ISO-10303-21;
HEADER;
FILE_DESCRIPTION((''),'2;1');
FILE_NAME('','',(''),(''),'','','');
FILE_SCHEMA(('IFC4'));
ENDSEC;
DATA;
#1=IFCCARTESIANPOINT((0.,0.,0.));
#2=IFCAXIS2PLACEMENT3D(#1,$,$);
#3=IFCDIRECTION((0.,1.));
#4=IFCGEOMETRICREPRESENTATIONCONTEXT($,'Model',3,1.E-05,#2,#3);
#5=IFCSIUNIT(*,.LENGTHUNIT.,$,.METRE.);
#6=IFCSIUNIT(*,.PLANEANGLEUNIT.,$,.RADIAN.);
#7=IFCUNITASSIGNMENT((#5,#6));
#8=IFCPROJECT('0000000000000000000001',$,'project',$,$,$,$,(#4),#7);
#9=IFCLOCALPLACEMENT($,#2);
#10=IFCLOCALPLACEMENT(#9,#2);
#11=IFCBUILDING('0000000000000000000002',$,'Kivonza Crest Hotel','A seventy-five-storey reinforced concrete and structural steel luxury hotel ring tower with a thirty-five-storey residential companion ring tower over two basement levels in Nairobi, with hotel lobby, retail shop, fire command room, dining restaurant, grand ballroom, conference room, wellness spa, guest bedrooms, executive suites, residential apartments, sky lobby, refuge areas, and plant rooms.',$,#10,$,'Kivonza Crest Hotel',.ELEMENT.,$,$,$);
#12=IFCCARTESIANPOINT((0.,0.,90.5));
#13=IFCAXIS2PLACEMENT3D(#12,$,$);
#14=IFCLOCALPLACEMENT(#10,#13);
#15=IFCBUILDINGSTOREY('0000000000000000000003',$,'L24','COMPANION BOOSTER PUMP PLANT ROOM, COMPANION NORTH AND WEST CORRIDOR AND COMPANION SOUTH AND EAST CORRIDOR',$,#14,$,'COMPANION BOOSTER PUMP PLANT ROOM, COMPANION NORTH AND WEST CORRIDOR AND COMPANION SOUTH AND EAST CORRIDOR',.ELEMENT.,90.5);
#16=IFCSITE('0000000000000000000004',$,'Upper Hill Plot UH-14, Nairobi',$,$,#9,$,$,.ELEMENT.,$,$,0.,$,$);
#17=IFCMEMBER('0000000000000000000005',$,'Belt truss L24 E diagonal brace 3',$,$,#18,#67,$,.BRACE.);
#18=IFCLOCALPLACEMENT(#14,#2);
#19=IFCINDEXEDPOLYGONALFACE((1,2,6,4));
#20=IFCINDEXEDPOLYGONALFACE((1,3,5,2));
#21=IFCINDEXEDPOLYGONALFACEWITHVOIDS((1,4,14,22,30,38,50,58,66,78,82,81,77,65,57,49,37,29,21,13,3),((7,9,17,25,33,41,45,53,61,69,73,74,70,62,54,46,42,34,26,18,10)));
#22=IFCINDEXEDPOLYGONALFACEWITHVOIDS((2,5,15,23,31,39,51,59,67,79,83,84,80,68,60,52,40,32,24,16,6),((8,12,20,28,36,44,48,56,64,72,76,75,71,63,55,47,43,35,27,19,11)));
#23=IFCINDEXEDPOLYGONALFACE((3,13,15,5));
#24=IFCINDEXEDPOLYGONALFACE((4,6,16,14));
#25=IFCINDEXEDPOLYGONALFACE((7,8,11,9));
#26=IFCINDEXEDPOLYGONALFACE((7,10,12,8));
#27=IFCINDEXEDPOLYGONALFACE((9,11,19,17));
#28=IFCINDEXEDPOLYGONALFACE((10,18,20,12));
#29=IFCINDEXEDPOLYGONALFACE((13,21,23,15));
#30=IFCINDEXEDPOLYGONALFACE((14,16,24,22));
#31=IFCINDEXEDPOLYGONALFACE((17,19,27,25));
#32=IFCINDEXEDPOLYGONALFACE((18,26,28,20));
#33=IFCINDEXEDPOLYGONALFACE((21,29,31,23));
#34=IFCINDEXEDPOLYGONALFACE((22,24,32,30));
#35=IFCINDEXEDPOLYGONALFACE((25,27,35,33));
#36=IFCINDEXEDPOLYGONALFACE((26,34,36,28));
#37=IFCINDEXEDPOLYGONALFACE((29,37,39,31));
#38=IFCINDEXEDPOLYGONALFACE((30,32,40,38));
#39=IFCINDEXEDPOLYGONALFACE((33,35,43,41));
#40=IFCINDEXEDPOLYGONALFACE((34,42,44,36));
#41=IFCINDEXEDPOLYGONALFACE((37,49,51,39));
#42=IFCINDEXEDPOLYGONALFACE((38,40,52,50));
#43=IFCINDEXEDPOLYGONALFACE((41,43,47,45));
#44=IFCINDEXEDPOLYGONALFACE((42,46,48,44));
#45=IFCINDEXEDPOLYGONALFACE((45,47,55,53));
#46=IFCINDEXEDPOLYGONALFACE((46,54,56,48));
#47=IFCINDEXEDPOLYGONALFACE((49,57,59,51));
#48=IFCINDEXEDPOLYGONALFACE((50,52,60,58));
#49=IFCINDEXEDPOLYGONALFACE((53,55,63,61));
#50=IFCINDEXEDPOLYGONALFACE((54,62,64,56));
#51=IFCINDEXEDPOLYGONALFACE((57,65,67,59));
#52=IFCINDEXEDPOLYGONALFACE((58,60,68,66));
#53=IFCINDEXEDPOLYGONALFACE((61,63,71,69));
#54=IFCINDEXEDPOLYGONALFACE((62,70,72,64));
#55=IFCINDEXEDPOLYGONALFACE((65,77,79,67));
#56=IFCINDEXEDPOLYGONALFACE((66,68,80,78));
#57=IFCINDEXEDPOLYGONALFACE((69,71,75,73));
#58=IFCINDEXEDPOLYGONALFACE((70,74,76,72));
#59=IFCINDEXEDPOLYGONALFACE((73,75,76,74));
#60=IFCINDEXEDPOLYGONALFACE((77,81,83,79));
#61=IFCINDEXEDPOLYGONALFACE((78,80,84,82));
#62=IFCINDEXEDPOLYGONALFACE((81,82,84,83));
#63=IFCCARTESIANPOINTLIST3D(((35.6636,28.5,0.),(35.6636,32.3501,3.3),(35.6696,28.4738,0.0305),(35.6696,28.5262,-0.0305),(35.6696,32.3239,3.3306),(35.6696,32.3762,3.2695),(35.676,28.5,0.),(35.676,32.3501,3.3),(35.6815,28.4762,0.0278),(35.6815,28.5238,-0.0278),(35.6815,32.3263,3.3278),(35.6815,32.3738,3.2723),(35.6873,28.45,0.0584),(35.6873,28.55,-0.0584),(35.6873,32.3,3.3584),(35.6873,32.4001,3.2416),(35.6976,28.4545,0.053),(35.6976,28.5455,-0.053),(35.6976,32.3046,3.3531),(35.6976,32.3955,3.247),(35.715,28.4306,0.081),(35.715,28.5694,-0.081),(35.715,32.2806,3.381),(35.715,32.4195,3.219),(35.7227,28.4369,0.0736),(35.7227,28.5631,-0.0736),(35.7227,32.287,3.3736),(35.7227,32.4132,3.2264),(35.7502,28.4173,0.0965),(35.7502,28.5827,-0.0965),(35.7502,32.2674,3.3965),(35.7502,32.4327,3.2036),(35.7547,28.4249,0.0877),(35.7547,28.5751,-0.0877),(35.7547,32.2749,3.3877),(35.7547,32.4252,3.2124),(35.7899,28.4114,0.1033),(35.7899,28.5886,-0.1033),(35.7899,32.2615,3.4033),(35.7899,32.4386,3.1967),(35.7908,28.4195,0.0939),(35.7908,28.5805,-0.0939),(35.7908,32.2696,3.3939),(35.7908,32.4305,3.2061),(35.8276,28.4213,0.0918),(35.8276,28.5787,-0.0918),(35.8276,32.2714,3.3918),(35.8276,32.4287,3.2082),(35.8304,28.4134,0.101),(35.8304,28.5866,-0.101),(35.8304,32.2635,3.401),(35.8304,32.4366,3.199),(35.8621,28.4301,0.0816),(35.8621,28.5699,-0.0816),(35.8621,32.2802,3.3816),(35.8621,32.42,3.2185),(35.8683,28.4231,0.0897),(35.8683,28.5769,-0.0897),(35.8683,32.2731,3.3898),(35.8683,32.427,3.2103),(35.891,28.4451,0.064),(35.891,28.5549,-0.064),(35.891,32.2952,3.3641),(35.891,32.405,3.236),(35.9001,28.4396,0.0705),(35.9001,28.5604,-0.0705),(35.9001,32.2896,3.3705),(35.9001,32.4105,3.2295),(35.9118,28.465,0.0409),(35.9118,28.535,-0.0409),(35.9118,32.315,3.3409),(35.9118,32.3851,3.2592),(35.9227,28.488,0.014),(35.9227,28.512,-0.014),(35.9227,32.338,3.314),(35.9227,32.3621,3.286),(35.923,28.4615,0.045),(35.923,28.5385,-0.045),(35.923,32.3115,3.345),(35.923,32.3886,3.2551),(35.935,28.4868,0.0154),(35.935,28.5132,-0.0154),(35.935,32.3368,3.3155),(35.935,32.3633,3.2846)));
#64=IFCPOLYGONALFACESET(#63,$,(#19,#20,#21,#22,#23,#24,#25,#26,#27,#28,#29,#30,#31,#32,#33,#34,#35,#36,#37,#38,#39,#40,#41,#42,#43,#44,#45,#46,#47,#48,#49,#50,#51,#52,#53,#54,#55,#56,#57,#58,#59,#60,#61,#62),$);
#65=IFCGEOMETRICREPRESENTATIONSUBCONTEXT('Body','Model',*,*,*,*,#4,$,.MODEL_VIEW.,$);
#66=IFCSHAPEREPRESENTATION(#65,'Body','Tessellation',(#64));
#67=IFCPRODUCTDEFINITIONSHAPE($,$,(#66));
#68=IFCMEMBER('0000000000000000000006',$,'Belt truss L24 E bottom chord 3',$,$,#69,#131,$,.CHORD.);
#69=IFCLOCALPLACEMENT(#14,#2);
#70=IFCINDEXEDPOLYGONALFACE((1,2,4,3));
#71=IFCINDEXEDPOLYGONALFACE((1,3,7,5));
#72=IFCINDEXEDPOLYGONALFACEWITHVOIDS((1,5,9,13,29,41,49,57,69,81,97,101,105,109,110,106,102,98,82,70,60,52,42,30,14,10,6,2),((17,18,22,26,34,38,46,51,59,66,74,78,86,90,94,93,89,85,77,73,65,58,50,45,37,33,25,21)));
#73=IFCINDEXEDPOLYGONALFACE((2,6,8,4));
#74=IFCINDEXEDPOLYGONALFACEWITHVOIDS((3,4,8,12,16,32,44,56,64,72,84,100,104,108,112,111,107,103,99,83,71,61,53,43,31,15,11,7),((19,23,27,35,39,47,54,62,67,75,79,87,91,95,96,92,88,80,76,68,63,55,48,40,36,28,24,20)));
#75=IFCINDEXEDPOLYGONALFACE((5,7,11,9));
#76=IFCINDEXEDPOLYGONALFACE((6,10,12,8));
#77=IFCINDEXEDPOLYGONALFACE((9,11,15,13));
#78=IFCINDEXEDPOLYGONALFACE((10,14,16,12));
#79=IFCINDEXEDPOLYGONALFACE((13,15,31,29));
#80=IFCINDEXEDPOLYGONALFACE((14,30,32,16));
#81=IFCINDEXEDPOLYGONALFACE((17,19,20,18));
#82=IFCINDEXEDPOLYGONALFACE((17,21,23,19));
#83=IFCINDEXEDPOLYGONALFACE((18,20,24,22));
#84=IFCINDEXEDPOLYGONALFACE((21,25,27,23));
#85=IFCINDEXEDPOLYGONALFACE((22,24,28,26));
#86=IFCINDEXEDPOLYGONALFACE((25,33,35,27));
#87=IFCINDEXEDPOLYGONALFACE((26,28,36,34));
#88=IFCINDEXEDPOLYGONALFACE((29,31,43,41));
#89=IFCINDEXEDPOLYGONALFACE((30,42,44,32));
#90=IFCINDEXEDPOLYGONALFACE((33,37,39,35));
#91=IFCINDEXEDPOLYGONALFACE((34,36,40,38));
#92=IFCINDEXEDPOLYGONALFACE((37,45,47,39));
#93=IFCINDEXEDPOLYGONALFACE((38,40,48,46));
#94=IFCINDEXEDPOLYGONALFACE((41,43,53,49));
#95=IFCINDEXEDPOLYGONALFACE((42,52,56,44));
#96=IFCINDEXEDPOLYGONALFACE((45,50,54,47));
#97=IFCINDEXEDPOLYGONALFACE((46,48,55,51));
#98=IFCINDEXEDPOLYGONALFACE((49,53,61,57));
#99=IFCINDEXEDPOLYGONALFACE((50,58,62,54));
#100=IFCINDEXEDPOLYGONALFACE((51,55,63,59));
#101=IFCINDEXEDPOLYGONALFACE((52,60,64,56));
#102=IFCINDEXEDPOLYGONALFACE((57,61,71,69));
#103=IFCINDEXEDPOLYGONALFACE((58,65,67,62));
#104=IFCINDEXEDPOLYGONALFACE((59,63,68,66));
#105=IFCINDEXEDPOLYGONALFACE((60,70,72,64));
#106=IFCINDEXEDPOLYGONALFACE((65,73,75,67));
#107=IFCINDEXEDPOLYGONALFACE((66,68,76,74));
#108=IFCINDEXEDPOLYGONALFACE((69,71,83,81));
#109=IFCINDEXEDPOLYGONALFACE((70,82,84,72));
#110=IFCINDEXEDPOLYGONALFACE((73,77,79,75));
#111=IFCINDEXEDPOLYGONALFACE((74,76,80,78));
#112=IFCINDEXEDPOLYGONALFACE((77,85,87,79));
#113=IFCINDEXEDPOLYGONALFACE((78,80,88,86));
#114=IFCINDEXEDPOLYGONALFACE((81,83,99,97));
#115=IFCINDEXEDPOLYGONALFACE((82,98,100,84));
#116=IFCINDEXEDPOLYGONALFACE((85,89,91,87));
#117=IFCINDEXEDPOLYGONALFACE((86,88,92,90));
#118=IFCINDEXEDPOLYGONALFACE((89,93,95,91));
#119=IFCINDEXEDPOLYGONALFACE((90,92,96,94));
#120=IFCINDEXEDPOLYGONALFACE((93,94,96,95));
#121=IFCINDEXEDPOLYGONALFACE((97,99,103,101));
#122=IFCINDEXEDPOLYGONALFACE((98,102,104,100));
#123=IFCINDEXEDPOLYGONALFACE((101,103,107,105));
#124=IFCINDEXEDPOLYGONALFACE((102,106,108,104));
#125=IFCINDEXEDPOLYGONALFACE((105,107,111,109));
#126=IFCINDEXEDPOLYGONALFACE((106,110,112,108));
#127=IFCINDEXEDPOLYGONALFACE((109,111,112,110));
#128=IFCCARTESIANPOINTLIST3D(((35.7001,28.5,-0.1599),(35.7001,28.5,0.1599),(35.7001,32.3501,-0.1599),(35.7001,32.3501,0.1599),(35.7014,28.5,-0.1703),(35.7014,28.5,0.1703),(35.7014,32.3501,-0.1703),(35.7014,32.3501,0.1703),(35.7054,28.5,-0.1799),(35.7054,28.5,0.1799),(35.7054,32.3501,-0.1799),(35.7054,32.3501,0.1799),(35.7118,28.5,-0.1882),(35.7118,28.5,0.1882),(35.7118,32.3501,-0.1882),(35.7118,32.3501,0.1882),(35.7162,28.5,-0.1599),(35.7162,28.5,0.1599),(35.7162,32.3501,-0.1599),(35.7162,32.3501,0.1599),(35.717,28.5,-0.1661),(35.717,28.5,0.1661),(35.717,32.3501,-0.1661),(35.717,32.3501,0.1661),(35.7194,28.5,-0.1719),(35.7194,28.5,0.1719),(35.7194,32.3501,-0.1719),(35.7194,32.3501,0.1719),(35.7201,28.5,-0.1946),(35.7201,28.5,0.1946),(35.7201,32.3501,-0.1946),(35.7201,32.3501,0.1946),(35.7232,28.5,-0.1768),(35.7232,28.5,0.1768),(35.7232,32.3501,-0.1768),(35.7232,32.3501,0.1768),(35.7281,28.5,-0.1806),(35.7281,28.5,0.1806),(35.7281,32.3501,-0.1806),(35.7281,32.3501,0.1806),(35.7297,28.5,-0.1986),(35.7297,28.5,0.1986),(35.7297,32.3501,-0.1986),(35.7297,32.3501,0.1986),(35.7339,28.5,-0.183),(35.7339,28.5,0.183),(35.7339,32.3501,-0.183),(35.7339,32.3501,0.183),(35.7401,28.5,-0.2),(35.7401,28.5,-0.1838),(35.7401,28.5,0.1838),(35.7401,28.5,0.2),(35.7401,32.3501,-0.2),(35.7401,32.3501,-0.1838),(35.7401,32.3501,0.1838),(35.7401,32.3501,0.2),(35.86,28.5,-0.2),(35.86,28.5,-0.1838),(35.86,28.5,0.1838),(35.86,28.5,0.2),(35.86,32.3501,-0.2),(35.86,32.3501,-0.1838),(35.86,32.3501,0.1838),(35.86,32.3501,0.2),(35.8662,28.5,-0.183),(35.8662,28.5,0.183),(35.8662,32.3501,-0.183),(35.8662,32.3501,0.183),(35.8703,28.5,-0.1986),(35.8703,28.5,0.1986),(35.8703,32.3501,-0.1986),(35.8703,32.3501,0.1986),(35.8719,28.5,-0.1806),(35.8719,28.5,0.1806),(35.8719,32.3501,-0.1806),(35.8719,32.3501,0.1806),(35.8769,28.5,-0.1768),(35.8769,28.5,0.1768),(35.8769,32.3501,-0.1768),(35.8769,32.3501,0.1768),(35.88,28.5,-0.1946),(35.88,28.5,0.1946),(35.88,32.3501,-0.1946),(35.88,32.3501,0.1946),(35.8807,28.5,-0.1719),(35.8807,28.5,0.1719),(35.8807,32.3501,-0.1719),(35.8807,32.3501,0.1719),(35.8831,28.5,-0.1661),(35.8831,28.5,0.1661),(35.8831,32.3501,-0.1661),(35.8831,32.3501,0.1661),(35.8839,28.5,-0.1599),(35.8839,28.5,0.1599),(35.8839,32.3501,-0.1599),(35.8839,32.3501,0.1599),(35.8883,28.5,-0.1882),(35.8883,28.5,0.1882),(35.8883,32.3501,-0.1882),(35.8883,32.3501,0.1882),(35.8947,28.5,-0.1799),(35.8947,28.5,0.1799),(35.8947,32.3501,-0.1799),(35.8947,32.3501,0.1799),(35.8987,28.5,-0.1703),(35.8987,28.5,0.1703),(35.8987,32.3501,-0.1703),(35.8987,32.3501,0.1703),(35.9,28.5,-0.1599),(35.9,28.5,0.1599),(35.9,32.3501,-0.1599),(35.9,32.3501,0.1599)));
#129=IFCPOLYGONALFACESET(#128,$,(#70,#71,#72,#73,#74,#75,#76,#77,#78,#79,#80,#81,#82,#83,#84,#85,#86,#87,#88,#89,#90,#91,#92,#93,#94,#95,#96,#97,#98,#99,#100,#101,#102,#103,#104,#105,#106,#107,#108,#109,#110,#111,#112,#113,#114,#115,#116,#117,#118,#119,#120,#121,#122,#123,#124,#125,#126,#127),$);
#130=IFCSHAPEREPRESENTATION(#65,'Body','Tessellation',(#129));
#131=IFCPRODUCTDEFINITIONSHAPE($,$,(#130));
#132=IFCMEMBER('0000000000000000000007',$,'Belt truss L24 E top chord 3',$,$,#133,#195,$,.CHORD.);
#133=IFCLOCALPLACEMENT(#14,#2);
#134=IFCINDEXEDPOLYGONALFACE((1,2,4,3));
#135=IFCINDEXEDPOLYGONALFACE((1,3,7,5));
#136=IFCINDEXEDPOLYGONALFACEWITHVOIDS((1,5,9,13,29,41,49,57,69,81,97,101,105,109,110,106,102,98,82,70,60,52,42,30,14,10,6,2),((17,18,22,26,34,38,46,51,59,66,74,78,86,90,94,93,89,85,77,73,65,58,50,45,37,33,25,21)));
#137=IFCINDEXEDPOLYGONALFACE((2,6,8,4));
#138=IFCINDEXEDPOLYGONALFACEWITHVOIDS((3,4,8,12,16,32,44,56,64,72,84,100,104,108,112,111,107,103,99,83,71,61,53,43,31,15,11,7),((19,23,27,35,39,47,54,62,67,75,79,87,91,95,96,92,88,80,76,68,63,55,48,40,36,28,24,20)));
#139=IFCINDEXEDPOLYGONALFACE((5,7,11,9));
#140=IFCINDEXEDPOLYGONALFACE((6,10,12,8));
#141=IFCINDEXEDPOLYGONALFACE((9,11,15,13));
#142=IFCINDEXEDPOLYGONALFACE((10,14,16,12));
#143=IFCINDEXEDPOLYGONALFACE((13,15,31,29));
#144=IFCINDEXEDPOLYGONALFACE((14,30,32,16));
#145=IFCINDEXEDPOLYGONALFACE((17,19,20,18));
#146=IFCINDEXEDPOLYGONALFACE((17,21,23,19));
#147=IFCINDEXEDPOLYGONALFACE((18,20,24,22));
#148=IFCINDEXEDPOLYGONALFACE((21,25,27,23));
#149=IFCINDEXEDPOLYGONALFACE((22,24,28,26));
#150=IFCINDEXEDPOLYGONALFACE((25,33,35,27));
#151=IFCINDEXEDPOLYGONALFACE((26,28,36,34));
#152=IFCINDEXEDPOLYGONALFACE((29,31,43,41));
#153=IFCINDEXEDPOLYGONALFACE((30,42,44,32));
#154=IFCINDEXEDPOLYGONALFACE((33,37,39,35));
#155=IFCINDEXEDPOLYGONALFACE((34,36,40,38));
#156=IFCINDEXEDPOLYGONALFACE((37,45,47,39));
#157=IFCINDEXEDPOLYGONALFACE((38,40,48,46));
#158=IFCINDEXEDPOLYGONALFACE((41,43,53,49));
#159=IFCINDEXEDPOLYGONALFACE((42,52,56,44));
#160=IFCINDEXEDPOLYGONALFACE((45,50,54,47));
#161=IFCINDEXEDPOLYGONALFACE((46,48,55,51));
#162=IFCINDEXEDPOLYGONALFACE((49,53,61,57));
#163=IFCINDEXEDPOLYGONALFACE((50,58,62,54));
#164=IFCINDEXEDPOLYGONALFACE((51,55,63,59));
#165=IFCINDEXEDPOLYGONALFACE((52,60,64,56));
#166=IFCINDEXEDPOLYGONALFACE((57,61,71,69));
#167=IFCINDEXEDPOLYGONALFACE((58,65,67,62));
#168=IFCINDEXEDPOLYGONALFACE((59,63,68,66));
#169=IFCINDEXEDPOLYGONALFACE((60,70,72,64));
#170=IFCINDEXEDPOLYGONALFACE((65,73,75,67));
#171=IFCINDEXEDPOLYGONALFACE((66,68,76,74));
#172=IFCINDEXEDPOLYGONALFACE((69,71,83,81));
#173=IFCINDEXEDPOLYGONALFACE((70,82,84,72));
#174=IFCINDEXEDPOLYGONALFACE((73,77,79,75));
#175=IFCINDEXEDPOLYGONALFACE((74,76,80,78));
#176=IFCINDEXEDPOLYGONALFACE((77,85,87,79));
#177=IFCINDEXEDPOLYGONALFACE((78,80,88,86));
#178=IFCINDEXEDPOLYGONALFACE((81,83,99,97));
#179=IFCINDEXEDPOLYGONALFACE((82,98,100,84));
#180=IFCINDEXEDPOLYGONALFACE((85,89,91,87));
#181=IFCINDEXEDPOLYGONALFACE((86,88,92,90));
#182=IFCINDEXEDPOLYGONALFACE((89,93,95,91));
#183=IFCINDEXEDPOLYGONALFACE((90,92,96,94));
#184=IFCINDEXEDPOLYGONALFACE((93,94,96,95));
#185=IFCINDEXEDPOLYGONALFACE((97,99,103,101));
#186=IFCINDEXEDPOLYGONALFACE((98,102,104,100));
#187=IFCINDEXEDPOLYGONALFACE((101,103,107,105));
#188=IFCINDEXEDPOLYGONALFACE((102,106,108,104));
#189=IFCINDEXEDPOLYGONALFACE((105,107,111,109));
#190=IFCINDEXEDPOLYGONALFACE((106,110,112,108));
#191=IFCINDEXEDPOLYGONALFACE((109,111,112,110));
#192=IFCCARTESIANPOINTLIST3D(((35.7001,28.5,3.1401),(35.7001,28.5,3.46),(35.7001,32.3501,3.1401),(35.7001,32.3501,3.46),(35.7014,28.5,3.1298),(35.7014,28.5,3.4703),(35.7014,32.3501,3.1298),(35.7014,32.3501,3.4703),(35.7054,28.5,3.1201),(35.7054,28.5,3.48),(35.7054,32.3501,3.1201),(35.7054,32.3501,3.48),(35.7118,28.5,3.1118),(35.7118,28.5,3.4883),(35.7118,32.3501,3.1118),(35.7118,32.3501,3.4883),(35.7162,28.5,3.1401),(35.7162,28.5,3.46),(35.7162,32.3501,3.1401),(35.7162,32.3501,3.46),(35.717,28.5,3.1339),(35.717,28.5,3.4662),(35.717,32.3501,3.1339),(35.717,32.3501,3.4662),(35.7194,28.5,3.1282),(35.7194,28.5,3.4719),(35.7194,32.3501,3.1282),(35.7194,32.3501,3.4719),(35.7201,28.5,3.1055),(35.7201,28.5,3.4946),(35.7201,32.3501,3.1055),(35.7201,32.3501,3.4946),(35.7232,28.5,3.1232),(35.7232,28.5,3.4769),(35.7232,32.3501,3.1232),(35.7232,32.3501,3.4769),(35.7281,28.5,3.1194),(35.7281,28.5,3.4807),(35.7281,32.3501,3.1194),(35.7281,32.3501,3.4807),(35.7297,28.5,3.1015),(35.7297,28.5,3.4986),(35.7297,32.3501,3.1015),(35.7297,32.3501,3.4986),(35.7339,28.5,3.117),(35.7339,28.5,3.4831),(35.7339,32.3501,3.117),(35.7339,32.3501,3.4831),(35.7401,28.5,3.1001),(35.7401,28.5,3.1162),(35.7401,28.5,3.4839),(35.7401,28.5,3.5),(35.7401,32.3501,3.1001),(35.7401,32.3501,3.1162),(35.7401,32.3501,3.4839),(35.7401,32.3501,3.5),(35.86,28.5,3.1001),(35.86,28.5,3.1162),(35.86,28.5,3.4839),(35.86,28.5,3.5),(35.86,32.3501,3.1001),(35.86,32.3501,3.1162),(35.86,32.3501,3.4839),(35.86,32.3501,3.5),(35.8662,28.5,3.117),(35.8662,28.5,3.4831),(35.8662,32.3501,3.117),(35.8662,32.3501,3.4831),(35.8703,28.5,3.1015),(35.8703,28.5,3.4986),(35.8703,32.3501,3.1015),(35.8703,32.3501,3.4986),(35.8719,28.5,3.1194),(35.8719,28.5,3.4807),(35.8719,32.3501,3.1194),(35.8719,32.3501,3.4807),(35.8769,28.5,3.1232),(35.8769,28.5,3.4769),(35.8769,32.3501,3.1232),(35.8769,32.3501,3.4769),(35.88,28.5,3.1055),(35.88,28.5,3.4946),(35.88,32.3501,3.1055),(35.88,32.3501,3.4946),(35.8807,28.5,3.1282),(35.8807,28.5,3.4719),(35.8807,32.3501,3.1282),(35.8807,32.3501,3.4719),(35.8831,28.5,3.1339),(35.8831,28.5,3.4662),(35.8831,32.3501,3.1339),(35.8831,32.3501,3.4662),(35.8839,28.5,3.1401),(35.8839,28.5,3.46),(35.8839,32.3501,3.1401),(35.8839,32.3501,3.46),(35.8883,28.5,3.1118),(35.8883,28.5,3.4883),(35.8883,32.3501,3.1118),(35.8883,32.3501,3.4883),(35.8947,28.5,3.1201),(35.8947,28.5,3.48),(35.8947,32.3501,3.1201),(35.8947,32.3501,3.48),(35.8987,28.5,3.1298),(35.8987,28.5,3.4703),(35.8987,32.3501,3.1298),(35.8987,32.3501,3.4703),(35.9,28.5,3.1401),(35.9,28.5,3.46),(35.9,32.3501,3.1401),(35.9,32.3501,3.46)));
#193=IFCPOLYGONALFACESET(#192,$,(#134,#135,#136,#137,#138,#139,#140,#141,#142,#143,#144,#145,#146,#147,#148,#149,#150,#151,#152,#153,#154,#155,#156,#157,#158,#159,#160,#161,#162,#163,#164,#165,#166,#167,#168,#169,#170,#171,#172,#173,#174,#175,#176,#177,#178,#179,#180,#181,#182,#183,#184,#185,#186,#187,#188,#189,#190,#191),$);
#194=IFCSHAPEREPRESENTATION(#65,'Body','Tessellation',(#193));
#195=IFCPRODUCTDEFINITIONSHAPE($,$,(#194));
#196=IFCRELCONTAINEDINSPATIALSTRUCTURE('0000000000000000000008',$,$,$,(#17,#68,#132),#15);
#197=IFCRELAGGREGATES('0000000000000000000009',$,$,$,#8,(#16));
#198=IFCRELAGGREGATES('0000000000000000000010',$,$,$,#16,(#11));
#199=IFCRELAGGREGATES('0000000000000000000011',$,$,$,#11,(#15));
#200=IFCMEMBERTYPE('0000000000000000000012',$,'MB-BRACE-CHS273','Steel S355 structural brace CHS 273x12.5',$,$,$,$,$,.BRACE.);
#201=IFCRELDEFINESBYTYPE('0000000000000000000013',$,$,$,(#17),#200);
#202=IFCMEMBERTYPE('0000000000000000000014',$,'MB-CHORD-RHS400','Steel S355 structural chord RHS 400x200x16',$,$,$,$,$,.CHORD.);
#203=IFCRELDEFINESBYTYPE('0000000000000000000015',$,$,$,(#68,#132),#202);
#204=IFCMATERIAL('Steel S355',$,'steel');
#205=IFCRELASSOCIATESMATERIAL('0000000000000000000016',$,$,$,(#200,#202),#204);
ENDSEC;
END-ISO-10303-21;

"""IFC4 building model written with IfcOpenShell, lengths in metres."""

from ifc_helpers import new_model, si_unit, direction, frame, origin, origin_2d, place, context, subcontext, project, spatial, hollow_rectangle, hollow_circle, extrude, material, material_profile, profile_set, type_object, element, save


model = new_model("IFC4")

# Units and contexts
model_context = context("Model", 3, precision=1e-05, world=origin(), true_north=direction((0.0, 1.0)))
body_context = subcontext(model_context, "Body", "Model", "MODEL_VIEW")
ifc_project = project(units=[si_unit("LENGTHUNIT", "METRE"), si_unit("PLANEANGLEUNIT", "RADIAN")], contexts=[model_context])

# Site, building, storey
site_placement = place(None, origin())
site = spatial("IfcSite", under=ifc_project, at=site_placement, Name="Upper Hill Plot UH-14, Nairobi", CompositionType="ELEMENT", RefElevation=0.0)
building_placement = place(site_placement, origin())
building = spatial("IfcBuilding", under=site, at=building_placement, Name="Kivonza Crest Hotel", Description="A seventy-five-storey reinforced concrete and structural steel luxury hotel ring tower with a thirty-five-storey residential companion ring tower over two basement levels in Nairobi, with hotel lobby, retail shop, fire command room, dining restaurant, grand ballroom, conference room, wellness spa, guest bedrooms, executive suites, residential apartments, sky lobby, refuge areas, and plant rooms.", LongName="Kivonza Crest Hotel", CompositionType="ELEMENT")
storey_placement = place(building_placement, frame((0.0, 0.0, 90.5)))
storey = spatial("IfcBuildingStorey", under=building, at=storey_placement, Name="L24", Description="COMPANION BOOSTER PUMP PLANT ROOM, COMPANION NORTH AND WEST CORRIDOR AND COMPANION SOUTH AND EAST CORRIDOR", LongName="COMPANION BOOSTER PUMP PLANT ROOM, COMPANION NORTH AND WEST CORRIDOR AND COMPANION SOUTH AND EAST CORRIDOR", CompositionType="ELEMENT", Elevation=90.5)

# Shared definitions
ifc_material_1 = material(Name="Steel S355", Category="steel")

# Members
ifc_material_profile_1 = material_profile(ifc_material_1, hollow_circle(Radius=0.1365, WallThickness=0.0125, at=origin_2d()), Name="CHS 273x12.5")
ifc_profile_set_1 = profile_set([ifc_material_profile_1], Name="Steel S355")
member_type_1 = type_object("IfcMemberType", Name="MB-BRACE-CHS273", Description="Steel S355 structural brace CHS 273x12.5", PredefinedType="BRACE", material=ifc_profile_set_1)
member_placement = place(storey_placement, frame((35.8, 28.5, 0.0), z_axis=(0.0, 0.75926, 0.650787), x_axis=(-1.0, 0.0, 0.0)))
element("IfcMember", 1, at=member_placement, inside=storey, type_object=member_type_1, Name="Belt truss L24 E diagonal brace 3", PredefinedType="BRACE", context=body_context, shape_type="SweptSolid", body=[
    extrude(hollow_circle(Radius=0.1365, WallThickness=0.0125, at=origin_2d()), origin(), (0.0, 0.0, 1.0), 5.0708),
])
ifc_material_profile_2 = material_profile(ifc_material_1, hollow_rectangle(XDim=0.2, YDim=0.3999, WallThickness=0.0161, InnerFilletRadius=0.0239, OuterFilletRadius=0.04, at=origin_2d()), Name="RHS 400x200x16")
ifc_profile_set_2 = profile_set([ifc_material_profile_2], Name="Steel S355")
member_type_2 = type_object("IfcMemberType", Name="MB-CHORD-RHS400", Description="Steel S355 structural chord RHS 400x200x16", PredefinedType="CHORD", material=ifc_profile_set_2)
for number, where, z_axis, x_axis, name in (
    (2, (35.8, 28.5, 0.0), (0.0, 1.0, 0.0), (-1.0, 0.0, 0.0), "Belt truss L24 E bottom chord 3"),
    (3, (35.8, 28.5, 3.3), (0.0, 1.0, 0.0), (-1.0, 0.0, 0.0), "Belt truss L24 E top chord 3"),
):
    element("IfcMember", number, at=place(storey_placement, frame(where, z_axis=z_axis, x_axis=x_axis)), inside=storey, type_object=member_type_2, Name=name, PredefinedType="CHORD", context=body_context, shape_type="SweptSolid", body=[
        extrude(hollow_rectangle(XDim=0.2, YDim=0.3999, WallThickness=0.0161, InnerFilletRadius=0.0239, OuterFilletRadius=0.04, at=origin_2d()), origin(), (0.0, 0.0, 1.0), 3.8501),
    ])

save(model, "model.ifc")
